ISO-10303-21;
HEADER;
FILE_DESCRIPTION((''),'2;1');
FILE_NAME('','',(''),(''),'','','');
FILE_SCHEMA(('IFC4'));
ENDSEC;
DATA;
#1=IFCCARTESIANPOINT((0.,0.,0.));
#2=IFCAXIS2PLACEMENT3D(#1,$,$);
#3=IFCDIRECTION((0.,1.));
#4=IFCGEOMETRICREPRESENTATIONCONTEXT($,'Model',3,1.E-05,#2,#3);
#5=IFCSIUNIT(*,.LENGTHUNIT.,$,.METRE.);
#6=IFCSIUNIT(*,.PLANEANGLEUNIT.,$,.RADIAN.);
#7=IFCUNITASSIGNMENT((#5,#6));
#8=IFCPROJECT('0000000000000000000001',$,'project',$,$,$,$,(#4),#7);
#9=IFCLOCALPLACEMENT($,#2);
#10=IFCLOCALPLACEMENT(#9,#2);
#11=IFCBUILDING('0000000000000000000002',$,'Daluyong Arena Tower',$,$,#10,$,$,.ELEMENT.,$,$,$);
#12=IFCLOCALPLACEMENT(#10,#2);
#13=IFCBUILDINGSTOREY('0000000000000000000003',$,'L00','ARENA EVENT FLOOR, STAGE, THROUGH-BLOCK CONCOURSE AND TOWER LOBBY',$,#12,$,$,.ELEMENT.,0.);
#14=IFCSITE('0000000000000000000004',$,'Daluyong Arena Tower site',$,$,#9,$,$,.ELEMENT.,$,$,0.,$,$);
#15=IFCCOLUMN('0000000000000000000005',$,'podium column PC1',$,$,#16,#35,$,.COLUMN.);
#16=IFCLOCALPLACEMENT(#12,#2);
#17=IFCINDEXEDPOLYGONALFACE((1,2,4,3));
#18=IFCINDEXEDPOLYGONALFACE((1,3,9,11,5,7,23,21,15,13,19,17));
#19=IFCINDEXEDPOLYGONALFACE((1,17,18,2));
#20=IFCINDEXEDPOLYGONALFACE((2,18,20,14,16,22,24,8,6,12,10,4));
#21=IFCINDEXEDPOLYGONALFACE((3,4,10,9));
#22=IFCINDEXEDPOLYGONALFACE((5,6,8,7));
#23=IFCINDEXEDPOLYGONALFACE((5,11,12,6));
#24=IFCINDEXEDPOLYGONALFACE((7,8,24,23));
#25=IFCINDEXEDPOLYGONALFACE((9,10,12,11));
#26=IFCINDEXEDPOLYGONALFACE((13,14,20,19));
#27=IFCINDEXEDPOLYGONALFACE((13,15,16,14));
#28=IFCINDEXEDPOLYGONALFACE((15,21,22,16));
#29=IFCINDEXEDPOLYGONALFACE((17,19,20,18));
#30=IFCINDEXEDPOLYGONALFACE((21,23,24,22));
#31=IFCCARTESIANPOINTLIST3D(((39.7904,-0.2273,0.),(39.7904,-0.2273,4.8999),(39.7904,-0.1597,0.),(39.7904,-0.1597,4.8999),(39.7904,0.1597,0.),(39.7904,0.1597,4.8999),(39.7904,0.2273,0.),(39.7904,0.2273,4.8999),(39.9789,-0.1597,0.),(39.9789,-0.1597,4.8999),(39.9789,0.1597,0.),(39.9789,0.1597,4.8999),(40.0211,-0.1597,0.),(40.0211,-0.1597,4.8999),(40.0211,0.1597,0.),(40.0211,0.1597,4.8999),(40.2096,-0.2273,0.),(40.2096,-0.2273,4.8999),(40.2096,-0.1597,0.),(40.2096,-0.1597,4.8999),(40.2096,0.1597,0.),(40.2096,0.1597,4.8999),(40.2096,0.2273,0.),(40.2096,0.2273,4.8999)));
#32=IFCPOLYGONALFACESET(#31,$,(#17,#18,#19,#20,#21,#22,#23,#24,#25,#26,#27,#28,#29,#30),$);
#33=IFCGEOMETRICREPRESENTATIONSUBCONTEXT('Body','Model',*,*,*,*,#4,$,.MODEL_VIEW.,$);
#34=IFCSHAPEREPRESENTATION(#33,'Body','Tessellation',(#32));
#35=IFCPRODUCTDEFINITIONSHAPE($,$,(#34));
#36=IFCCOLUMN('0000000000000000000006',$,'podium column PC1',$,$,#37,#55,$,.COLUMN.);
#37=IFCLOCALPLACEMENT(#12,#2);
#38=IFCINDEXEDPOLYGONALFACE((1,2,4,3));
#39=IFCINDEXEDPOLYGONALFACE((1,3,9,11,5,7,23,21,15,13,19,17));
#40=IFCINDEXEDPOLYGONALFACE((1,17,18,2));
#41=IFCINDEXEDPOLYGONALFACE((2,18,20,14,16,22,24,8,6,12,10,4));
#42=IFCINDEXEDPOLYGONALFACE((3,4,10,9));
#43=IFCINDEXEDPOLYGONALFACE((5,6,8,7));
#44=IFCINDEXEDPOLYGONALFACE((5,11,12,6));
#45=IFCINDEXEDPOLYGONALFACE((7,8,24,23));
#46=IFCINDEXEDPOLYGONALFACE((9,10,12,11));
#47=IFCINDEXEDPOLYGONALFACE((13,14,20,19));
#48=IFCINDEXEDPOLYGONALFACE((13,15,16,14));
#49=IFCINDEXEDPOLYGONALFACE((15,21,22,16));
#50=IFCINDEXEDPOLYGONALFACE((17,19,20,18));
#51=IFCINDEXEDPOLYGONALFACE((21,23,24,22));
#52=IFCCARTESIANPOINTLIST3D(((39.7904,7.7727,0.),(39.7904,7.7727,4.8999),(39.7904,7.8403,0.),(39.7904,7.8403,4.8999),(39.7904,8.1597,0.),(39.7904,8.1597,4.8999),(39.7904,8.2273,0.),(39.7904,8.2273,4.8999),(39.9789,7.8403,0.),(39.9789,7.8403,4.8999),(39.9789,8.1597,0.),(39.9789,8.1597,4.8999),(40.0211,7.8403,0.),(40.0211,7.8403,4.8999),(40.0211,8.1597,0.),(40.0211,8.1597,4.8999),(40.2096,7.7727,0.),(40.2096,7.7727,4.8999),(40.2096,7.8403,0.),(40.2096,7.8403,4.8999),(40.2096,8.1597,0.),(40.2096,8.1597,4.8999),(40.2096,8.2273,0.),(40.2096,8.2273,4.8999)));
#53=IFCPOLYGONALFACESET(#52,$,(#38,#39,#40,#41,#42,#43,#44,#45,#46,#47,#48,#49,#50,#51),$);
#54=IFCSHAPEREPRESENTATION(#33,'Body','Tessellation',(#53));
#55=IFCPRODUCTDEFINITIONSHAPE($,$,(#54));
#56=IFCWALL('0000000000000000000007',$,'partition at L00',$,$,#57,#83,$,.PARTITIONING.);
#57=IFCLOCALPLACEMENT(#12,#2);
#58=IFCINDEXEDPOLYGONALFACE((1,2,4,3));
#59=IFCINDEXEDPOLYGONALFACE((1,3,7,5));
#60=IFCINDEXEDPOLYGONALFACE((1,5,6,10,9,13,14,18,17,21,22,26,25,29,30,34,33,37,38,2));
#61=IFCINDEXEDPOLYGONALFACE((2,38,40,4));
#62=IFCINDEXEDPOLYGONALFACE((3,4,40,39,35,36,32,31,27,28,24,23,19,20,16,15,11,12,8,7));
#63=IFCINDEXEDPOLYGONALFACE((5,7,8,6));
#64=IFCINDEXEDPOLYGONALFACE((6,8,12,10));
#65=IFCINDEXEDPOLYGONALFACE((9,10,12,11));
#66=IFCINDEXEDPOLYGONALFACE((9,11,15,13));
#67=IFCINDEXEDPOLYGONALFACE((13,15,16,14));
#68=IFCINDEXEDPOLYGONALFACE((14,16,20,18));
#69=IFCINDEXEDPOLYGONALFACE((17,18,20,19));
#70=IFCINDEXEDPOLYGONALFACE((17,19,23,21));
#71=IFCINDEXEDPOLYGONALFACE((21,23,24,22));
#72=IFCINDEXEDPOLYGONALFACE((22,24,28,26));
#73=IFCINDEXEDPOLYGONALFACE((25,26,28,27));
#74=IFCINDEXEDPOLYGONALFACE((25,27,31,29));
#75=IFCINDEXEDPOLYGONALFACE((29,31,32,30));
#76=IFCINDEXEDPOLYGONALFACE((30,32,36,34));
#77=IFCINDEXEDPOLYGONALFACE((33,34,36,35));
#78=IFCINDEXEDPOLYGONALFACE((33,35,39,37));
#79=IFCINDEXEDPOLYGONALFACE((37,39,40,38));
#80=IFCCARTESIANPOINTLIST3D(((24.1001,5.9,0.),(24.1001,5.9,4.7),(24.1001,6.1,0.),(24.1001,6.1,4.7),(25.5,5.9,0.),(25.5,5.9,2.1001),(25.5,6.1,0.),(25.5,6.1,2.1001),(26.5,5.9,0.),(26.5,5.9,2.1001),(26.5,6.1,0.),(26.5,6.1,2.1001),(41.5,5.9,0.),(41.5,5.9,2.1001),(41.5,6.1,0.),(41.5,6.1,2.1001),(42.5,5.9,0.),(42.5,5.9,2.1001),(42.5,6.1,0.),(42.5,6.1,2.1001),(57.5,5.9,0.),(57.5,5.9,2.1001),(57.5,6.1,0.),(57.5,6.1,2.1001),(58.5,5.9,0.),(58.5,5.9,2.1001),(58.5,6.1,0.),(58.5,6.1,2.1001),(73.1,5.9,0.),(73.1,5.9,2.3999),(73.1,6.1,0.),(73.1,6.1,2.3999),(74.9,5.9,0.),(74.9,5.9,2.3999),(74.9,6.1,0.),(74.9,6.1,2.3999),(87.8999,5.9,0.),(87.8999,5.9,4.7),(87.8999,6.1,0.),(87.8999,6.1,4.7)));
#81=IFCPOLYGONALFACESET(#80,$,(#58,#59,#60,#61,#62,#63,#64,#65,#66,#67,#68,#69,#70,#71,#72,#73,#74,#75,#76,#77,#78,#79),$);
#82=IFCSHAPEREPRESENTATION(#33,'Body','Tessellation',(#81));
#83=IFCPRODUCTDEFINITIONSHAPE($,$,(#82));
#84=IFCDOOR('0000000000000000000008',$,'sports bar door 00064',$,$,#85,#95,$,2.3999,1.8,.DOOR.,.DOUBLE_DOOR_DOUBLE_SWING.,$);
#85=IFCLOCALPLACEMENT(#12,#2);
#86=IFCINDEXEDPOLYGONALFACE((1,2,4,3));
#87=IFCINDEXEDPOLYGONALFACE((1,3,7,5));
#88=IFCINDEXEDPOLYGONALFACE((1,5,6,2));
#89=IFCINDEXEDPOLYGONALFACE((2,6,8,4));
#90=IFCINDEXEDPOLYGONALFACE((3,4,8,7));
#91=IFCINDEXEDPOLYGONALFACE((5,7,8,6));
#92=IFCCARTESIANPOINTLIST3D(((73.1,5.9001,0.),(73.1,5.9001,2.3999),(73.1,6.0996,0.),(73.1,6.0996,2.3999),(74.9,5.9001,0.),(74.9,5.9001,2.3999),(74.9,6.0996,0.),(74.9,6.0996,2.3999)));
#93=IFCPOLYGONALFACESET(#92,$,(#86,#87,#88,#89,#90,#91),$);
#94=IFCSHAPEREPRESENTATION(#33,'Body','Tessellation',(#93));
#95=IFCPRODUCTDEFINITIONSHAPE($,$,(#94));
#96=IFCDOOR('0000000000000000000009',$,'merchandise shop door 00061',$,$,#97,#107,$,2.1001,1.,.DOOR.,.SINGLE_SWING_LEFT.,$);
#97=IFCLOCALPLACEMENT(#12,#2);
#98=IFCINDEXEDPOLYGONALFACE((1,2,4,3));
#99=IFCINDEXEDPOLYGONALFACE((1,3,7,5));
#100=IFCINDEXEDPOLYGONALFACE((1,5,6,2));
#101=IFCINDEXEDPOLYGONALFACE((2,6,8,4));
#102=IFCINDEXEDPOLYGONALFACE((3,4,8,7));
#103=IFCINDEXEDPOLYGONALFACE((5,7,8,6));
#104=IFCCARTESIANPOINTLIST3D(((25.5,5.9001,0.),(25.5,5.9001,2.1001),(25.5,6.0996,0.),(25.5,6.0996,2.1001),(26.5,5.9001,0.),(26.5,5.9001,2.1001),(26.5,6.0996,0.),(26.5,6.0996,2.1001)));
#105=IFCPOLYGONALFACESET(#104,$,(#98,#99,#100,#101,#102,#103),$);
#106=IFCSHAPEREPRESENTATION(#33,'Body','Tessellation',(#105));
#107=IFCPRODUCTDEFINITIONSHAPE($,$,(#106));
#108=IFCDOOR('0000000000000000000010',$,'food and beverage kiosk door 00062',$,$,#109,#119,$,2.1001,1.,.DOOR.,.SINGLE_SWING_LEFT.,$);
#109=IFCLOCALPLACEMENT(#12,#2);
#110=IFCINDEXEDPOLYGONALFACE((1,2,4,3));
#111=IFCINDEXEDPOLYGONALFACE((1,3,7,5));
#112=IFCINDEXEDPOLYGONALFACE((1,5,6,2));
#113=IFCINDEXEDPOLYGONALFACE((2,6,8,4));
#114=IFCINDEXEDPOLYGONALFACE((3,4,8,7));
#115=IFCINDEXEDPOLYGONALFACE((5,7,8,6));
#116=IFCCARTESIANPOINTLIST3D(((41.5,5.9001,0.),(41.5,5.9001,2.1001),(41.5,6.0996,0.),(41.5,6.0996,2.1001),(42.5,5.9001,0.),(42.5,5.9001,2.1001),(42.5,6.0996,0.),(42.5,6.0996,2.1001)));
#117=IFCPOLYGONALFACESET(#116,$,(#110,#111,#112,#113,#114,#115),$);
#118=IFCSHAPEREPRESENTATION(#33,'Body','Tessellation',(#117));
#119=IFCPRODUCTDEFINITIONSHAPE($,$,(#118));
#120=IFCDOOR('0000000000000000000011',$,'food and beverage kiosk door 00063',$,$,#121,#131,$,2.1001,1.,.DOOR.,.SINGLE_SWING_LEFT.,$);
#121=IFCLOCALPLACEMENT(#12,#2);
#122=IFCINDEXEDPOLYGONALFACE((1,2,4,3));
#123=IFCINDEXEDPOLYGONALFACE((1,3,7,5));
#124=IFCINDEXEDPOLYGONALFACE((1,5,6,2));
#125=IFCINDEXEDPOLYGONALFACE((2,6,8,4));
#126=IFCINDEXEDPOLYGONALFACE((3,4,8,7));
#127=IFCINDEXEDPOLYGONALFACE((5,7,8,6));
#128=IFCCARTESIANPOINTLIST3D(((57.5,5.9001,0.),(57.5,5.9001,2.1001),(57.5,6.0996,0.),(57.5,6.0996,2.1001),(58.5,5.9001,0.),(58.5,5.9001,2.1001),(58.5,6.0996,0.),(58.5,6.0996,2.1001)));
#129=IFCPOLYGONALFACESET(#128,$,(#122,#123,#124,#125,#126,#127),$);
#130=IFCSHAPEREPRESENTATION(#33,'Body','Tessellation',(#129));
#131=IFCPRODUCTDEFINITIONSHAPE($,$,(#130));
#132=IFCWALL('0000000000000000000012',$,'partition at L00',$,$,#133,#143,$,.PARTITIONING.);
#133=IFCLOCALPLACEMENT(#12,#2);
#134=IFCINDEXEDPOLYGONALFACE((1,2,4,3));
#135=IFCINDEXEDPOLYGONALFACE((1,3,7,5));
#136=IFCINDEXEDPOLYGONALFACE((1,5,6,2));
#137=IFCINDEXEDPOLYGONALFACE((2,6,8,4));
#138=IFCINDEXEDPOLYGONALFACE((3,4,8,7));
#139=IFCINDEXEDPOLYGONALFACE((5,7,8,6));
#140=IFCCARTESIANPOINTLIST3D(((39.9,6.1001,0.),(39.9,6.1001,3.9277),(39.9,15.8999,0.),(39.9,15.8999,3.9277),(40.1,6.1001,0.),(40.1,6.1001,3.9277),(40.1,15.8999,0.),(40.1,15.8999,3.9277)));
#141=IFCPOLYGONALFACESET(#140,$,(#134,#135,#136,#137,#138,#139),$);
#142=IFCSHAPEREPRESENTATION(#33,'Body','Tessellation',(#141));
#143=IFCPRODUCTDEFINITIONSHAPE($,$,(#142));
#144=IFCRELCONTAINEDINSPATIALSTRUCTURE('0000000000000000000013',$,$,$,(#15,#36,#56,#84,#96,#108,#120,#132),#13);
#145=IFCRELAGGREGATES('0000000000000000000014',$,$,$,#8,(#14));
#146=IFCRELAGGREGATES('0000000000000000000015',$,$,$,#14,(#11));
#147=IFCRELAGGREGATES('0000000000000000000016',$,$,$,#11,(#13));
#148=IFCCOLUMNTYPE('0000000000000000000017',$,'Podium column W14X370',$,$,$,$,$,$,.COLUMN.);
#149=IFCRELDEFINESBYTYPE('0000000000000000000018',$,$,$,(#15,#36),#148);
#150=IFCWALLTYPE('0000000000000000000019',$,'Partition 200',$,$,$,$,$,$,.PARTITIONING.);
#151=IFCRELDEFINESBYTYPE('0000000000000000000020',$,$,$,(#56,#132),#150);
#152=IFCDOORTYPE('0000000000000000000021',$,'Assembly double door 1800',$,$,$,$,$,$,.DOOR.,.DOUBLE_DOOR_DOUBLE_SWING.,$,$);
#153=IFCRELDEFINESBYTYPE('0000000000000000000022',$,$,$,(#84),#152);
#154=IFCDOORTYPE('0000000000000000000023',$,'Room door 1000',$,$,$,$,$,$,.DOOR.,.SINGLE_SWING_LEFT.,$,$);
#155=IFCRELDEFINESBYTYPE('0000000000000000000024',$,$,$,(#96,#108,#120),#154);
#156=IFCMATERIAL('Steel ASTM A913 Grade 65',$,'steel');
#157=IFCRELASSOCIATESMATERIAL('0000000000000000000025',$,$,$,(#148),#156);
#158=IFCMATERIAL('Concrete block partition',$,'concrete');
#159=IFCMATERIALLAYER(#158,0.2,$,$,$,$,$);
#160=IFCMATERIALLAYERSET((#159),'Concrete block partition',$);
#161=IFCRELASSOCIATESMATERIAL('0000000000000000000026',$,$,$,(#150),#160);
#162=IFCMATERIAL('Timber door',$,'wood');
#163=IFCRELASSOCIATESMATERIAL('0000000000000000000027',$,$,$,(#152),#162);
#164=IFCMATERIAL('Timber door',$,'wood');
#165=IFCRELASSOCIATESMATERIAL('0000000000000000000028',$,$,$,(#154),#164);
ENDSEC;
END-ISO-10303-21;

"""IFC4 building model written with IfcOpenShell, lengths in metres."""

from ifc_helpers import new_model, si_unit, direction, frame, frame_2d, origin, origin_2d, place, context, subcontext, project, spatial, rectangle, i_section, extrude, material, layer, layer_set, material_profile, profile_set, type_object, element, fill, save


model = new_model("IFC4")

# Units and contexts
model_context = context("Model", 3, precision=1e-05, world=origin(), true_north=direction((0.0, 1.0)))
body_context = subcontext(model_context, "Body", "Model", "MODEL_VIEW")
ifc_project = project(units=[si_unit("LENGTHUNIT", "METRE"), si_unit("PLANEANGLEUNIT", "RADIAN")], contexts=[model_context])

# Site, building, storey
site_placement = place(None, origin())
site = spatial("IfcSite", under=ifc_project, at=site_placement, Name="Daluyong Arena Tower site", CompositionType="ELEMENT", RefElevation=0.0)
building_placement = place(site_placement, origin())
building = spatial("IfcBuilding", under=site, at=building_placement, Name="Daluyong Arena Tower", CompositionType="ELEMENT")
storey_placement = place(building_placement, origin())
storey = spatial("IfcBuildingStorey", under=building, at=storey_placement, Name="L00", Description="ARENA EVENT FLOOR, STAGE, THROUGH-BLOCK CONCOURSE AND TOWER LOBBY", CompositionType="ELEMENT", Elevation=0.0)

# Columns
ifc_material_1 = material(Name="Steel ASTM A913 Grade 65", Category="steel")
ifc_material_profile = material_profile(ifc_material_1, i_section(OverallWidth=0.4192, OverallDepth=0.4546, WebThickness=0.0422, FlangeThickness=0.0676, at=origin_2d()))
ifc_profile_set = profile_set([ifc_material_profile], Name="Steel ASTM A913 Grade 65")
column_type = type_object("IfcColumnType", Name="Podium column W14X370", PredefinedType="COLUMN", material=ifc_profile_set)
for number, where, z_axis, x_axis, name in (
    (1, (40.0, 0.0, 0.0), (0.0, 0.0, 1.0), (1.0, 0.0, 0.0), "podium column PC1"),
    (2, (40.0, 8.0, 0.0), (0.0, 0.0, 1.0), (1.0, 0.0, 0.0), "podium column PC1"),
):
    element("IfcColumn", number, at=place(storey_placement, frame(where, z_axis=z_axis, x_axis=x_axis)), inside=storey, type_object=column_type, Name=name, PredefinedType="COLUMN", context=body_context, shape_type="SweptSolid", body=[
        extrude(i_section(OverallWidth=0.4192, OverallDepth=0.4546, WebThickness=0.0422, FlangeThickness=0.0676, at=origin_2d()), origin(), (0.0, 0.0, 1.0), 4.8999),
    ])

# Wall, openings, doors
ifc_material_2 = material(Name="Concrete block partition", Category="concrete")
ifc_layer_1 = layer(ifc_material_2, 0.2)
ifc_layer_set_1 = layer_set([ifc_layer_1], Name="Concrete block partition")
wall_type = type_object("IfcWallType", Name="Partition 200", PredefinedType="PARTITIONING", material=ifc_layer_set_1)
wall_1_placement = place(storey_placement, frame((24.1001, 6.0, 0.0), z_axis=(0.0, 0.0, 1.0), x_axis=(1.0, 0.0, 0.0)))
wall_1 = element("IfcWall", 3, at=wall_1_placement, inside=storey, type_object=wall_type, Name="partition at L00", PredefinedType="PARTITIONING", context=body_context, shape_type="SweptSolid", body=[
    extrude(rectangle(XDim=63.7998, YDim=0.2, at=frame_2d((31.8999, 0.0))), origin(), (0.0, 0.0, 1.0), 4.7),
])
opening_1_placement = place(wall_1_placement, frame((1.3999, 0.0, 0.0)))
opening_1 = element("IfcOpeningElement", 4, at=opening_1_placement, cuts=wall_1, PredefinedType="OPENING", context=body_context, shape_type="SweptSolid", body=[
    extrude(rectangle(XDim=1.0, YDim=2.1001, at=frame_2d((0.5, 1.05))), frame((0.0, 0.1099, 0.0), z_axis=(0.0, -1.0, 0.0), x_axis=(1.0, 0.0, 0.0)), (0.0, 0.0, 1.0), 0.22),
])
opening_2_placement = place(wall_1_placement, frame((17.3999, 0.0, 0.0)))
opening_2 = element("IfcOpeningElement", 5, at=opening_2_placement, cuts=wall_1, PredefinedType="OPENING", context=body_context, shape_type="SweptSolid", body=[
    extrude(rectangle(XDim=1.0, YDim=2.1001, at=frame_2d((0.5, 1.05))), frame((0.0, 0.1099, 0.0), z_axis=(0.0, -1.0, 0.0), x_axis=(1.0, 0.0, 0.0)), (0.0, 0.0, 1.0), 0.22),
])
opening_3_placement = place(wall_1_placement, frame((33.3999, 0.0, 0.0)))
opening_3 = element("IfcOpeningElement", 6, at=opening_3_placement, cuts=wall_1, PredefinedType="OPENING", context=body_context, shape_type="SweptSolid", body=[
    extrude(rectangle(XDim=1.0, YDim=2.1001, at=frame_2d((0.5, 1.05))), frame((0.0, 0.1099, 0.0), z_axis=(0.0, -1.0, 0.0), x_axis=(1.0, 0.0, 0.0)), (0.0, 0.0, 1.0), 0.22),
])
opening_4_placement = place(wall_1_placement, frame((49.0, 0.0, 0.0)))
opening_4 = element("IfcOpeningElement", 7, at=opening_4_placement, cuts=wall_1, PredefinedType="OPENING", context=body_context, shape_type="SweptSolid", body=[
    extrude(rectangle(XDim=1.8, YDim=2.3999, at=frame_2d((0.8999, 1.2))), frame((0.0, 0.1099, 0.0), z_axis=(0.0, -1.0, 0.0), x_axis=(1.0, 0.0, 0.0)), (0.0, 0.0, 1.0), 0.22),
])
ifc_material_3 = material(Name="Timber door", Category="wood")
door_type_1 = type_object("IfcDoorType", Name="Assembly double door 1800", OperationType="DOUBLE_DOOR_DOUBLE_SWING", PredefinedType="DOOR", material=ifc_material_3)
door_1_placement = place(opening_4_placement, origin())
door_1 = element("IfcDoor", 8, at=door_1_placement, inside=storey, type_object=door_type_1, Name="sports bar door 00064", OperationType="DOUBLE_DOOR_DOUBLE_SWING", OverallHeight=2.3999, OverallWidth=1.8, PredefinedType="DOOR", context=body_context, shape_type="SweptSolid", body=[
    extrude(rectangle(XDim=1.8, YDim=2.3999, at=frame_2d((0.8999, 1.2))), frame((0.0, 0.0996, 0.0), z_axis=(0.0, -1.0, 0.0), x_axis=(1.0, 0.0, 0.0)), (0.0, 0.0, 1.0), 0.1995),
])
fill(opening_4, door_1)
ifc_material_4 = material(Name="Timber door", Category="wood")
door_type_2 = type_object("IfcDoorType", Name="Room door 1000", OperationType="SINGLE_SWING_LEFT", PredefinedType="DOOR", material=ifc_material_4)
door_2_placement = place(opening_1_placement, origin())
door_2 = element("IfcDoor", 9, at=door_2_placement, inside=storey, type_object=door_type_2, Name="merchandise shop door 00061", OperationType="SINGLE_SWING_LEFT", OverallHeight=2.1001, OverallWidth=1.0, PredefinedType="DOOR", context=body_context, shape_type="SweptSolid", body=[
    extrude(rectangle(XDim=1.0, YDim=2.1001, at=frame_2d((0.5, 1.05))), frame((0.0, 0.0996, 0.0), z_axis=(0.0, -1.0, 0.0), x_axis=(1.0, 0.0, 0.0)), (0.0, 0.0, 1.0), 0.1995),
])
fill(opening_1, door_2)
door_3_placement = place(opening_2_placement, origin())
door_3 = element("IfcDoor", 10, at=door_3_placement, inside=storey, type_object=door_type_2, Name="food and beverage kiosk door 00062", OperationType="SINGLE_SWING_LEFT", OverallHeight=2.1001, OverallWidth=1.0, PredefinedType="DOOR", context=body_context, shape_type="SweptSolid", body=[
    extrude(rectangle(XDim=1.0, YDim=2.1001, at=frame_2d((0.5, 1.05))), frame((0.0, 0.0996, 0.0), z_axis=(0.0, -1.0, 0.0), x_axis=(1.0, 0.0, 0.0)), (0.0, 0.0, 1.0), 0.1995),
])
fill(opening_2, door_3)
door_4_placement = place(opening_3_placement, origin())
door_4 = element("IfcDoor", 11, at=door_4_placement, inside=storey, type_object=door_type_2, Name="food and beverage kiosk door 00063", OperationType="SINGLE_SWING_LEFT", OverallHeight=2.1001, OverallWidth=1.0, PredefinedType="DOOR", context=body_context, shape_type="SweptSolid", body=[
    extrude(rectangle(XDim=1.0, YDim=2.1001, at=frame_2d((0.5, 1.05))), frame((0.0, 0.0996, 0.0), z_axis=(0.0, -1.0, 0.0), x_axis=(1.0, 0.0, 0.0)), (0.0, 0.0, 1.0), 0.1995),
])
fill(opening_3, door_4)

# Wall
wall_2_placement = place(storey_placement, frame((40.0, 6.1001, 0.0), z_axis=(0.0, 0.0, 1.0), x_axis=(0.0, 1.0, 0.0)))
element("IfcWall", 12, at=wall_2_placement, inside=storey, type_object=wall_type, Name="partition at L00", PredefinedType="PARTITIONING", context=body_context, shape_type="SweptSolid", body=[
    extrude(rectangle(XDim=9.7998, YDim=0.2, at=frame_2d((4.8999, 0.0))), origin(), (0.0, 0.0, 1.0), 3.9277),
])

save(model, "model.ifc")
